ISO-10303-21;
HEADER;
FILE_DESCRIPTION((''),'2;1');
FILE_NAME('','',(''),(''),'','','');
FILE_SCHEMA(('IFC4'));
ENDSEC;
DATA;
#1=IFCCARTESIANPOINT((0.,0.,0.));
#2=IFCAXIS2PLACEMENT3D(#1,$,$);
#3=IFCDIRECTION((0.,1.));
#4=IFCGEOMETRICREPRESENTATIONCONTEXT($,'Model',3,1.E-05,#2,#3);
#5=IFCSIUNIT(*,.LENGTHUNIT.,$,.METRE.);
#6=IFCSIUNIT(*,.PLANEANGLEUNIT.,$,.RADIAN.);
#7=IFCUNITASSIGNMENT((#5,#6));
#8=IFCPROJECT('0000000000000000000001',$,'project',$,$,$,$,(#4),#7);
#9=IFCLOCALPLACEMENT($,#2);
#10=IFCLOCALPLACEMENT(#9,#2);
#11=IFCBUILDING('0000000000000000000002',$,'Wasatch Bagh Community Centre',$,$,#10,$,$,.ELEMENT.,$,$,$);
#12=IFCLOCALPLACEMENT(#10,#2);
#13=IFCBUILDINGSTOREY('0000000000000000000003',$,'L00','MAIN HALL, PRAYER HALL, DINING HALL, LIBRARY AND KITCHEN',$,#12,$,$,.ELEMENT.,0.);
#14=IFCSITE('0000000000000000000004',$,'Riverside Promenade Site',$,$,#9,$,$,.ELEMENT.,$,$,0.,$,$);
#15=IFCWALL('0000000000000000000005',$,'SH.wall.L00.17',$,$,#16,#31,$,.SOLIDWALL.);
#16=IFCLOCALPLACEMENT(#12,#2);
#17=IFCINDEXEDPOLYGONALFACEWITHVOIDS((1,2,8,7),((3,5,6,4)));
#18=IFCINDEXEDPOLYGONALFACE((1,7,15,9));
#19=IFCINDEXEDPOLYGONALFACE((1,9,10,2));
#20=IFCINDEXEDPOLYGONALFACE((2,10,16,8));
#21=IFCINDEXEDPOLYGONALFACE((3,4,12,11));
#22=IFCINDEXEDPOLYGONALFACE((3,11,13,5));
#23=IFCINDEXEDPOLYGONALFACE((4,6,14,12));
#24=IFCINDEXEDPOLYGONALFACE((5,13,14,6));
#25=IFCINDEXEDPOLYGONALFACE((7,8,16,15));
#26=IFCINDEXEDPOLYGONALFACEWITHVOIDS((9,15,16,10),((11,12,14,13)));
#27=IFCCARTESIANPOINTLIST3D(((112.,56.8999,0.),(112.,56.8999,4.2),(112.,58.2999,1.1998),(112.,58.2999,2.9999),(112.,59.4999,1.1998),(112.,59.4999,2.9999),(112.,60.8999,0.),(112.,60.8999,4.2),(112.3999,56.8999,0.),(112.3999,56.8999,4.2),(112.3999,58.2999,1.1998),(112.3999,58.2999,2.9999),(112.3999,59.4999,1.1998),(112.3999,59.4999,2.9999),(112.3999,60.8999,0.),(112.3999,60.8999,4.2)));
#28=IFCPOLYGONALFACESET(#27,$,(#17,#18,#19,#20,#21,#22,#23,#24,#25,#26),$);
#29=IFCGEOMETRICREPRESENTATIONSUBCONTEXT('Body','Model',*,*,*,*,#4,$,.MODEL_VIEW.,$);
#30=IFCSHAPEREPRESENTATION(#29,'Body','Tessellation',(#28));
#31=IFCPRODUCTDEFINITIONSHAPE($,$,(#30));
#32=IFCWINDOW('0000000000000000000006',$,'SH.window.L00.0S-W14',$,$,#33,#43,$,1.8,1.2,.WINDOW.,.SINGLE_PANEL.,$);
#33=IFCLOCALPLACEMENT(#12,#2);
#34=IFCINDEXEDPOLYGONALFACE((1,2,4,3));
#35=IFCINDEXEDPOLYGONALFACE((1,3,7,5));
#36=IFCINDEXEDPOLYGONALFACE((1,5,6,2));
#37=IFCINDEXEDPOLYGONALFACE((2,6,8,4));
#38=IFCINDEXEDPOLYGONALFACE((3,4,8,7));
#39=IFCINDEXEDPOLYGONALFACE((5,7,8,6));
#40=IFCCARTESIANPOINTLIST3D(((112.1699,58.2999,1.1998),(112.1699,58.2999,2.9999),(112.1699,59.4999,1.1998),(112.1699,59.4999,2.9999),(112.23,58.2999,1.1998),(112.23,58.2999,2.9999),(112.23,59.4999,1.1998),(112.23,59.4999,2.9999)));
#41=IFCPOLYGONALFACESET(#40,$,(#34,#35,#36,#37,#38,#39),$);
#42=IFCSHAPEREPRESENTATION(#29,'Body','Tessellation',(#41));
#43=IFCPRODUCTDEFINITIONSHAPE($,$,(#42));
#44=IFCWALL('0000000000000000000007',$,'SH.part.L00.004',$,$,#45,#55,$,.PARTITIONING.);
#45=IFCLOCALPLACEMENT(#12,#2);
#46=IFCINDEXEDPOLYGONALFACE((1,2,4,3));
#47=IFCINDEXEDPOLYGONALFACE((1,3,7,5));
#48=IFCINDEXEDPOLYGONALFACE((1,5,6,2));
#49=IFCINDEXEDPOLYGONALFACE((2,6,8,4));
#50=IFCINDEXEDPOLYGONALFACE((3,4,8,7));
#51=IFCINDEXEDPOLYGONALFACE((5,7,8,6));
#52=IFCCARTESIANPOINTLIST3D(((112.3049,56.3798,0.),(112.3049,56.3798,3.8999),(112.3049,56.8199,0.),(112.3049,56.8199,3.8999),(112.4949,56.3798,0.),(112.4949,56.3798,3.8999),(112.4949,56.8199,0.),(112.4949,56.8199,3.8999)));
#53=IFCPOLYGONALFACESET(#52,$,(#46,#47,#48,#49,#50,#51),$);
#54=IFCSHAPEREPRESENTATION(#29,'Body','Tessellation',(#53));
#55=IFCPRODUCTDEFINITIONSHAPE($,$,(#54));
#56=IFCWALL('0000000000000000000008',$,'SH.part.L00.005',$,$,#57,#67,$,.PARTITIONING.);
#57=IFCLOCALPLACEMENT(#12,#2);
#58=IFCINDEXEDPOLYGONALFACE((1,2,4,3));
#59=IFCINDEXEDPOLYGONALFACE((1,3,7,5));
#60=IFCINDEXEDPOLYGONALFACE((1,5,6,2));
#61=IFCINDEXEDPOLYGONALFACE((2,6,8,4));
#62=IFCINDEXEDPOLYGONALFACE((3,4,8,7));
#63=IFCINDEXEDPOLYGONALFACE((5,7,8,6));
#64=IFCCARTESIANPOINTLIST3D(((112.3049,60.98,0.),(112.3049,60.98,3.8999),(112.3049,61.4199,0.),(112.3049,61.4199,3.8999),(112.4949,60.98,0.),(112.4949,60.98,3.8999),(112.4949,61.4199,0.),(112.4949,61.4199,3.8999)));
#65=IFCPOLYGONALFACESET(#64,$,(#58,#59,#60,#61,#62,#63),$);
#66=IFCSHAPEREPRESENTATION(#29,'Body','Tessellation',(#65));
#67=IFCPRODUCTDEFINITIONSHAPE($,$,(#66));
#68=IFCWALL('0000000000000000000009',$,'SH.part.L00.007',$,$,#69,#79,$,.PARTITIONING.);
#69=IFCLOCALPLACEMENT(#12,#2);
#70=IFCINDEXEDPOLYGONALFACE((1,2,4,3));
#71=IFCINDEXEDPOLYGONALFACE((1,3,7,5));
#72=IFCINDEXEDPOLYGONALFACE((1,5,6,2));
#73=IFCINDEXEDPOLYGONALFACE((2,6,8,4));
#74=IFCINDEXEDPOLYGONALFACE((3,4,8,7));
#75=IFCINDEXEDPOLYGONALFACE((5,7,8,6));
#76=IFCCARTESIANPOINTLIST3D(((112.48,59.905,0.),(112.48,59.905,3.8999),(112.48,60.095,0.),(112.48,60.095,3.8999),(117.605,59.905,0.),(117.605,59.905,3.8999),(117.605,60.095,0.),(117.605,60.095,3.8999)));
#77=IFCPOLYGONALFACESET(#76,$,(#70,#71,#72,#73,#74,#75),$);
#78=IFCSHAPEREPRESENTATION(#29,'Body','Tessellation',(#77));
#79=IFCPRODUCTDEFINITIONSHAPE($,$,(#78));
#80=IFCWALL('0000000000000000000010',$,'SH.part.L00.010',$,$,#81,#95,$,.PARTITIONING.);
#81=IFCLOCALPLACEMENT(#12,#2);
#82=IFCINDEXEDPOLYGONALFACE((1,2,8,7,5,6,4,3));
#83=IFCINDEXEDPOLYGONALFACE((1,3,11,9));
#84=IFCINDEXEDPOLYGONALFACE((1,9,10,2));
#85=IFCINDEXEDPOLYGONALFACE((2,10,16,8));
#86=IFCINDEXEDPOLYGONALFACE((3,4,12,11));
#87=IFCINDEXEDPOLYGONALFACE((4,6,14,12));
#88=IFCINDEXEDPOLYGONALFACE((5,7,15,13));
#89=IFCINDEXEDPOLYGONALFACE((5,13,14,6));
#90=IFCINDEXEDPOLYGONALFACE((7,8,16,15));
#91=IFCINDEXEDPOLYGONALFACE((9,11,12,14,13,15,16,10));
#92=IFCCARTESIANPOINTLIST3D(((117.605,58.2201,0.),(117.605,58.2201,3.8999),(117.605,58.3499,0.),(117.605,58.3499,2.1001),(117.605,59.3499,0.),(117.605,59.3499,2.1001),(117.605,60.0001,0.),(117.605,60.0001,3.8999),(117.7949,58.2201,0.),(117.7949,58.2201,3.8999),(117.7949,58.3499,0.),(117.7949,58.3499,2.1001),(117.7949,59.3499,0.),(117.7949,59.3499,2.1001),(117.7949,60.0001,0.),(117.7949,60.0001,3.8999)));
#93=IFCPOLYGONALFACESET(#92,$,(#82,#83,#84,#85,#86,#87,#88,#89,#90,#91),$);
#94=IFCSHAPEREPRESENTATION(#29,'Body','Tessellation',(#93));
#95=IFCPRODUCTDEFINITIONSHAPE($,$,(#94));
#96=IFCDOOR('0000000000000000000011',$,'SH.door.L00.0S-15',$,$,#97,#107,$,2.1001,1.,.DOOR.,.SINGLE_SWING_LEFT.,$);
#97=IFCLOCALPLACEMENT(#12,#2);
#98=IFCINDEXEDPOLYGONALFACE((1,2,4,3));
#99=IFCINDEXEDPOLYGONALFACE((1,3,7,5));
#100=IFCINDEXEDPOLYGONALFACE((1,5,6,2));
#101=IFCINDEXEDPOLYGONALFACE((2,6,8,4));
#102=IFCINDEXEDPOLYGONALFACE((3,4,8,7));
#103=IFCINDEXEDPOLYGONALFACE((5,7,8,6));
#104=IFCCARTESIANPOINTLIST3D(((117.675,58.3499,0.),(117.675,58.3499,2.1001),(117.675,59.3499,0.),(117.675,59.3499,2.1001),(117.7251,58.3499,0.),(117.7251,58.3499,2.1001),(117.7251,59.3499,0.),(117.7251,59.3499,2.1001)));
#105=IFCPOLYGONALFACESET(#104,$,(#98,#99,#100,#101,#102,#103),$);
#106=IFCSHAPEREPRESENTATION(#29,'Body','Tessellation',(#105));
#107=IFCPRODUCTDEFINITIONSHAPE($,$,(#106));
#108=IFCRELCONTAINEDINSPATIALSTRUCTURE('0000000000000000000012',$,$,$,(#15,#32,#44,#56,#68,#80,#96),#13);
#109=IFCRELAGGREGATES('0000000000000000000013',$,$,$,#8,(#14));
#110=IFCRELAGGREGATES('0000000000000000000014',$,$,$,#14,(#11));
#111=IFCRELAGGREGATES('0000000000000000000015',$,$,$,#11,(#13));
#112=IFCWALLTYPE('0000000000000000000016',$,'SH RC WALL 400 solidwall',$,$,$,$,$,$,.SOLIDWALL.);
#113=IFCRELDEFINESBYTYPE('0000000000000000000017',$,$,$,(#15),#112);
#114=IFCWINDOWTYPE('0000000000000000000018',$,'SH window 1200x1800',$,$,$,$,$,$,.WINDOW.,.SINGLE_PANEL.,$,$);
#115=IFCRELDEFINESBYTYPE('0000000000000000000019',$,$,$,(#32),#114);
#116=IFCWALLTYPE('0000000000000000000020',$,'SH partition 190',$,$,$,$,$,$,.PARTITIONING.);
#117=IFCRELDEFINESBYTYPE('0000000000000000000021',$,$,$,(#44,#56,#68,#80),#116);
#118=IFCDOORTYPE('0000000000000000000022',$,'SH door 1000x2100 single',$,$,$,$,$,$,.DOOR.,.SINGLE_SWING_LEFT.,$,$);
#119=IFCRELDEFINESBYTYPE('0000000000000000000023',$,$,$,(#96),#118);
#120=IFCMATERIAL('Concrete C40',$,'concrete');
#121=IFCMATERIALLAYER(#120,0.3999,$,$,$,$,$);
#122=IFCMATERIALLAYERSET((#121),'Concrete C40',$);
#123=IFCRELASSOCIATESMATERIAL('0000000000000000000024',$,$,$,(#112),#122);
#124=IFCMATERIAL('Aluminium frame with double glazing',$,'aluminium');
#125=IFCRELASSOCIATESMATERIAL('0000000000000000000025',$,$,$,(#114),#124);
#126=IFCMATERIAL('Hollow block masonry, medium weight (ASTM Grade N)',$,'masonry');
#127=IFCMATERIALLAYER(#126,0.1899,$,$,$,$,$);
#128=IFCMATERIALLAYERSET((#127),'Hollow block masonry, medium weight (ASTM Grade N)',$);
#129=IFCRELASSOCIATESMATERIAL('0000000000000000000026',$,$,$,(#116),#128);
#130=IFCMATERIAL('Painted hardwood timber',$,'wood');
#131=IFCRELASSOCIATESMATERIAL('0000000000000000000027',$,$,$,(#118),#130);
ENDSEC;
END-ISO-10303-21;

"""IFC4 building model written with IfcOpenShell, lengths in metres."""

from ifc_helpers import new_model, si_unit, direction, frame, frame_2d, origin, place, context, subcontext, project, spatial, rectangle, extrude, material, layer, layer_set, type_object, element, fill, save


model = new_model("IFC4")

# Units and contexts
model_context = context("Model", 3, precision=1e-05, world=origin(), true_north=direction((0.0, 1.0)))
body_context = subcontext(model_context, "Body", "Model", "MODEL_VIEW")
ifc_project = project(units=[si_unit("LENGTHUNIT", "METRE"), si_unit("PLANEANGLEUNIT", "RADIAN")], contexts=[model_context])

# Site, building, storey
site_placement = place(None, origin())
site = spatial("IfcSite", under=ifc_project, at=site_placement, Name="Riverside Promenade Site", CompositionType="ELEMENT", RefElevation=0.0)
building_placement = place(site_placement, origin())
building = spatial("IfcBuilding", under=site, at=building_placement, Name="Wasatch Bagh Community Centre", CompositionType="ELEMENT")
storey_placement = place(building_placement, origin())
storey = spatial("IfcBuildingStorey", under=building, at=storey_placement, Name="L00", Description="MAIN HALL, PRAYER HALL, DINING HALL, LIBRARY AND KITCHEN", CompositionType="ELEMENT", Elevation=0.0)

# Shared definitions
ifc_material_1 = material(Name="Concrete C40", Category="concrete")

# Wall, opening, window
ifc_layer_1 = layer(ifc_material_1, 0.3999)
ifc_layer_set_1 = layer_set([ifc_layer_1], Name="Concrete C40")
wall_type_1 = type_object("IfcWallType", Name="SH RC WALL 400 solidwall", PredefinedType="SOLIDWALL", material=ifc_layer_set_1)
wall_1_placement = place(storey_placement, frame((112.2, 56.8999, 0.0), z_axis=(0.0, 0.0, 1.0), x_axis=(0.0, 1.0, 0.0)))
wall_1 = element("IfcWall", 1, at=wall_1_placement, inside=storey, type_object=wall_type_1, Name="SH.wall.L00.17", PredefinedType="SOLIDWALL", context=body_context, shape_type="SweptSolid", body=[
    extrude(rectangle(XDim=4.0, YDim=0.3999, at=frame_2d((2.0, 0.0))), origin(), (0.0, 0.0, 1.0), 4.2),
])
opening_1_placement = place(wall_1_placement, frame((1.3999, 0.0, 1.2)))
opening_1 = element("IfcOpeningElement", 2, at=opening_1_placement, cuts=wall_1, PredefinedType="OPENING", context=body_context, shape_type="SweptSolid", body=[
    extrude(rectangle(XDim=1.2, YDim=1.8, at=frame_2d((0.6001, 0.8999))), frame((0.0, 0.21, 0.0), z_axis=(0.0, -1.0, 0.0), x_axis=(1.0, 0.0, 0.0)), (0.0, 0.0, 1.0), 0.4199),
])
ifc_material_2 = material(Name="Aluminium frame with double glazing", Category="aluminium")
window_type = type_object("IfcWindowType", Name="SH window 1200x1800", PartitioningType="SINGLE_PANEL", PredefinedType="WINDOW", material=ifc_material_2)
window_placement = place(opening_1_placement, origin())
window = element("IfcWindow", 3, at=window_placement, inside=storey, type_object=window_type, Name="SH.window.L00.0S-W14", OverallHeight=1.8, OverallWidth=1.2, PartitioningType="SINGLE_PANEL", PredefinedType="WINDOW", context=body_context, shape_type="SweptSolid", body=[
    extrude(rectangle(XDim=1.2, YDim=1.8, at=frame_2d((0.6001, 0.8999))), frame((0.0, 0.03, 0.0), z_axis=(0.0, -1.0, 0.0), x_axis=(1.0, 0.0, 0.0)), (0.0, 0.0, 1.0), 0.0601),
])
fill(opening_1, window)

# Walls
ifc_material_3 = material(Name="Hollow block masonry, medium weight (ASTM Grade N)", Category="masonry")
ifc_layer_2 = layer(ifc_material_3, 0.1899)
ifc_layer_set_2 = layer_set([ifc_layer_2], Name="Hollow block masonry, medium weight (ASTM Grade N)")
wall_type_2 = type_object("IfcWallType", Name="SH partition 190", PredefinedType="PARTITIONING", material=ifc_layer_set_2)
wall_2_placement = place(storey_placement, frame((112.3999, 56.8201, 0.0), z_axis=(0.0, 0.0, 1.0), x_axis=(0.0, -1.0, 0.0)))
element("IfcWall", 4, at=wall_2_placement, inside=storey, type_object=wall_type_2, Name="SH.part.L00.004", PredefinedType="PARTITIONING", context=body_context, shape_type="SweptSolid", body=[
    extrude(rectangle(XDim=0.4402, YDim=0.1899, at=frame_2d((0.2202, 0.0))), origin(), (0.0, 0.0, 1.0), 3.8999),
])
wall_3_placement = place(storey_placement, frame((112.3999, 61.4199, 0.0), z_axis=(0.0, 0.0, 1.0), x_axis=(0.0, -1.0, 0.0)))
element("IfcWall", 5, at=wall_3_placement, inside=storey, type_object=wall_type_2, Name="SH.part.L00.005", PredefinedType="PARTITIONING", context=body_context, shape_type="SweptSolid", body=[
    extrude(rectangle(XDim=0.4399, YDim=0.1899, at=frame_2d((0.22, 0.0))), origin(), (0.0, 0.0, 1.0), 3.8999),
])
wall_4_placement = place(storey_placement, frame((117.605, 60.0, 0.0), z_axis=(0.0, 0.0, 1.0), x_axis=(-1.0, 0.0, 0.0)))
element("IfcWall", 6, at=wall_4_placement, inside=storey, type_object=wall_type_2, Name="SH.part.L00.007", PredefinedType="PARTITIONING", context=body_context, shape_type="SweptSolid", body=[
    extrude(rectangle(XDim=5.125, YDim=0.1899, at=frame_2d((2.5625, 0.0))), origin(), (0.0, 0.0, 1.0), 3.8999),
])

# Wall, opening, door
wall_5_placement = place(storey_placement, frame((117.7, 58.22, 0.0), z_axis=(0.0, 0.0, 1.0), x_axis=(0.0, 1.0, 0.0)))
wall_5 = element("IfcWall", 7, at=wall_5_placement, inside=storey, type_object=wall_type_2, Name="SH.part.L00.010", PredefinedType="PARTITIONING", context=body_context, shape_type="SweptSolid", body=[
    extrude(rectangle(XDim=1.78, YDim=0.1899, at=frame_2d((0.8901, 0.0))), origin(), (0.0, 0.0, 1.0), 3.8999),
])
opening_2_placement = place(wall_5_placement, frame((0.1299, 0.0, 0.0)))
opening_2 = element("IfcOpeningElement", 8, at=opening_2_placement, cuts=wall_5, PredefinedType="OPENING", context=body_context, shape_type="SweptSolid", body=[
    extrude(rectangle(XDim=1.0, YDim=2.1001, at=frame_2d((0.5, 1.05))), frame((0.0, 0.105, 0.0), z_axis=(0.0, -1.0, 0.0), x_axis=(1.0, 0.0, 0.0)), (0.0, 0.0, 1.0), 0.21),
])
ifc_material_4 = material(Name="Painted hardwood timber", Category="wood")
door_type = type_object("IfcDoorType", Name="SH door 1000x2100 single", OperationType="SINGLE_SWING_LEFT", PredefinedType="DOOR", material=ifc_material_4)
door_placement = place(opening_2_placement, origin())
door = element("IfcDoor", 9, at=door_placement, inside=storey, type_object=door_type, Name="SH.door.L00.0S-15", OperationType="SINGLE_SWING_LEFT", OverallHeight=2.1001, OverallWidth=1.0, PredefinedType="DOOR", context=body_context, shape_type="SweptSolid", body=[
    extrude(rectangle(XDim=1.0, YDim=2.1001, at=frame_2d((0.5, 1.05))), frame((0.0, 0.0249, 0.0), z_axis=(0.0, -1.0, 0.0), x_axis=(1.0, 0.0, 0.0)), (0.0, 0.0, 1.0), 0.05),
])
fill(opening_2, door)

save(model, "model.ifc")
